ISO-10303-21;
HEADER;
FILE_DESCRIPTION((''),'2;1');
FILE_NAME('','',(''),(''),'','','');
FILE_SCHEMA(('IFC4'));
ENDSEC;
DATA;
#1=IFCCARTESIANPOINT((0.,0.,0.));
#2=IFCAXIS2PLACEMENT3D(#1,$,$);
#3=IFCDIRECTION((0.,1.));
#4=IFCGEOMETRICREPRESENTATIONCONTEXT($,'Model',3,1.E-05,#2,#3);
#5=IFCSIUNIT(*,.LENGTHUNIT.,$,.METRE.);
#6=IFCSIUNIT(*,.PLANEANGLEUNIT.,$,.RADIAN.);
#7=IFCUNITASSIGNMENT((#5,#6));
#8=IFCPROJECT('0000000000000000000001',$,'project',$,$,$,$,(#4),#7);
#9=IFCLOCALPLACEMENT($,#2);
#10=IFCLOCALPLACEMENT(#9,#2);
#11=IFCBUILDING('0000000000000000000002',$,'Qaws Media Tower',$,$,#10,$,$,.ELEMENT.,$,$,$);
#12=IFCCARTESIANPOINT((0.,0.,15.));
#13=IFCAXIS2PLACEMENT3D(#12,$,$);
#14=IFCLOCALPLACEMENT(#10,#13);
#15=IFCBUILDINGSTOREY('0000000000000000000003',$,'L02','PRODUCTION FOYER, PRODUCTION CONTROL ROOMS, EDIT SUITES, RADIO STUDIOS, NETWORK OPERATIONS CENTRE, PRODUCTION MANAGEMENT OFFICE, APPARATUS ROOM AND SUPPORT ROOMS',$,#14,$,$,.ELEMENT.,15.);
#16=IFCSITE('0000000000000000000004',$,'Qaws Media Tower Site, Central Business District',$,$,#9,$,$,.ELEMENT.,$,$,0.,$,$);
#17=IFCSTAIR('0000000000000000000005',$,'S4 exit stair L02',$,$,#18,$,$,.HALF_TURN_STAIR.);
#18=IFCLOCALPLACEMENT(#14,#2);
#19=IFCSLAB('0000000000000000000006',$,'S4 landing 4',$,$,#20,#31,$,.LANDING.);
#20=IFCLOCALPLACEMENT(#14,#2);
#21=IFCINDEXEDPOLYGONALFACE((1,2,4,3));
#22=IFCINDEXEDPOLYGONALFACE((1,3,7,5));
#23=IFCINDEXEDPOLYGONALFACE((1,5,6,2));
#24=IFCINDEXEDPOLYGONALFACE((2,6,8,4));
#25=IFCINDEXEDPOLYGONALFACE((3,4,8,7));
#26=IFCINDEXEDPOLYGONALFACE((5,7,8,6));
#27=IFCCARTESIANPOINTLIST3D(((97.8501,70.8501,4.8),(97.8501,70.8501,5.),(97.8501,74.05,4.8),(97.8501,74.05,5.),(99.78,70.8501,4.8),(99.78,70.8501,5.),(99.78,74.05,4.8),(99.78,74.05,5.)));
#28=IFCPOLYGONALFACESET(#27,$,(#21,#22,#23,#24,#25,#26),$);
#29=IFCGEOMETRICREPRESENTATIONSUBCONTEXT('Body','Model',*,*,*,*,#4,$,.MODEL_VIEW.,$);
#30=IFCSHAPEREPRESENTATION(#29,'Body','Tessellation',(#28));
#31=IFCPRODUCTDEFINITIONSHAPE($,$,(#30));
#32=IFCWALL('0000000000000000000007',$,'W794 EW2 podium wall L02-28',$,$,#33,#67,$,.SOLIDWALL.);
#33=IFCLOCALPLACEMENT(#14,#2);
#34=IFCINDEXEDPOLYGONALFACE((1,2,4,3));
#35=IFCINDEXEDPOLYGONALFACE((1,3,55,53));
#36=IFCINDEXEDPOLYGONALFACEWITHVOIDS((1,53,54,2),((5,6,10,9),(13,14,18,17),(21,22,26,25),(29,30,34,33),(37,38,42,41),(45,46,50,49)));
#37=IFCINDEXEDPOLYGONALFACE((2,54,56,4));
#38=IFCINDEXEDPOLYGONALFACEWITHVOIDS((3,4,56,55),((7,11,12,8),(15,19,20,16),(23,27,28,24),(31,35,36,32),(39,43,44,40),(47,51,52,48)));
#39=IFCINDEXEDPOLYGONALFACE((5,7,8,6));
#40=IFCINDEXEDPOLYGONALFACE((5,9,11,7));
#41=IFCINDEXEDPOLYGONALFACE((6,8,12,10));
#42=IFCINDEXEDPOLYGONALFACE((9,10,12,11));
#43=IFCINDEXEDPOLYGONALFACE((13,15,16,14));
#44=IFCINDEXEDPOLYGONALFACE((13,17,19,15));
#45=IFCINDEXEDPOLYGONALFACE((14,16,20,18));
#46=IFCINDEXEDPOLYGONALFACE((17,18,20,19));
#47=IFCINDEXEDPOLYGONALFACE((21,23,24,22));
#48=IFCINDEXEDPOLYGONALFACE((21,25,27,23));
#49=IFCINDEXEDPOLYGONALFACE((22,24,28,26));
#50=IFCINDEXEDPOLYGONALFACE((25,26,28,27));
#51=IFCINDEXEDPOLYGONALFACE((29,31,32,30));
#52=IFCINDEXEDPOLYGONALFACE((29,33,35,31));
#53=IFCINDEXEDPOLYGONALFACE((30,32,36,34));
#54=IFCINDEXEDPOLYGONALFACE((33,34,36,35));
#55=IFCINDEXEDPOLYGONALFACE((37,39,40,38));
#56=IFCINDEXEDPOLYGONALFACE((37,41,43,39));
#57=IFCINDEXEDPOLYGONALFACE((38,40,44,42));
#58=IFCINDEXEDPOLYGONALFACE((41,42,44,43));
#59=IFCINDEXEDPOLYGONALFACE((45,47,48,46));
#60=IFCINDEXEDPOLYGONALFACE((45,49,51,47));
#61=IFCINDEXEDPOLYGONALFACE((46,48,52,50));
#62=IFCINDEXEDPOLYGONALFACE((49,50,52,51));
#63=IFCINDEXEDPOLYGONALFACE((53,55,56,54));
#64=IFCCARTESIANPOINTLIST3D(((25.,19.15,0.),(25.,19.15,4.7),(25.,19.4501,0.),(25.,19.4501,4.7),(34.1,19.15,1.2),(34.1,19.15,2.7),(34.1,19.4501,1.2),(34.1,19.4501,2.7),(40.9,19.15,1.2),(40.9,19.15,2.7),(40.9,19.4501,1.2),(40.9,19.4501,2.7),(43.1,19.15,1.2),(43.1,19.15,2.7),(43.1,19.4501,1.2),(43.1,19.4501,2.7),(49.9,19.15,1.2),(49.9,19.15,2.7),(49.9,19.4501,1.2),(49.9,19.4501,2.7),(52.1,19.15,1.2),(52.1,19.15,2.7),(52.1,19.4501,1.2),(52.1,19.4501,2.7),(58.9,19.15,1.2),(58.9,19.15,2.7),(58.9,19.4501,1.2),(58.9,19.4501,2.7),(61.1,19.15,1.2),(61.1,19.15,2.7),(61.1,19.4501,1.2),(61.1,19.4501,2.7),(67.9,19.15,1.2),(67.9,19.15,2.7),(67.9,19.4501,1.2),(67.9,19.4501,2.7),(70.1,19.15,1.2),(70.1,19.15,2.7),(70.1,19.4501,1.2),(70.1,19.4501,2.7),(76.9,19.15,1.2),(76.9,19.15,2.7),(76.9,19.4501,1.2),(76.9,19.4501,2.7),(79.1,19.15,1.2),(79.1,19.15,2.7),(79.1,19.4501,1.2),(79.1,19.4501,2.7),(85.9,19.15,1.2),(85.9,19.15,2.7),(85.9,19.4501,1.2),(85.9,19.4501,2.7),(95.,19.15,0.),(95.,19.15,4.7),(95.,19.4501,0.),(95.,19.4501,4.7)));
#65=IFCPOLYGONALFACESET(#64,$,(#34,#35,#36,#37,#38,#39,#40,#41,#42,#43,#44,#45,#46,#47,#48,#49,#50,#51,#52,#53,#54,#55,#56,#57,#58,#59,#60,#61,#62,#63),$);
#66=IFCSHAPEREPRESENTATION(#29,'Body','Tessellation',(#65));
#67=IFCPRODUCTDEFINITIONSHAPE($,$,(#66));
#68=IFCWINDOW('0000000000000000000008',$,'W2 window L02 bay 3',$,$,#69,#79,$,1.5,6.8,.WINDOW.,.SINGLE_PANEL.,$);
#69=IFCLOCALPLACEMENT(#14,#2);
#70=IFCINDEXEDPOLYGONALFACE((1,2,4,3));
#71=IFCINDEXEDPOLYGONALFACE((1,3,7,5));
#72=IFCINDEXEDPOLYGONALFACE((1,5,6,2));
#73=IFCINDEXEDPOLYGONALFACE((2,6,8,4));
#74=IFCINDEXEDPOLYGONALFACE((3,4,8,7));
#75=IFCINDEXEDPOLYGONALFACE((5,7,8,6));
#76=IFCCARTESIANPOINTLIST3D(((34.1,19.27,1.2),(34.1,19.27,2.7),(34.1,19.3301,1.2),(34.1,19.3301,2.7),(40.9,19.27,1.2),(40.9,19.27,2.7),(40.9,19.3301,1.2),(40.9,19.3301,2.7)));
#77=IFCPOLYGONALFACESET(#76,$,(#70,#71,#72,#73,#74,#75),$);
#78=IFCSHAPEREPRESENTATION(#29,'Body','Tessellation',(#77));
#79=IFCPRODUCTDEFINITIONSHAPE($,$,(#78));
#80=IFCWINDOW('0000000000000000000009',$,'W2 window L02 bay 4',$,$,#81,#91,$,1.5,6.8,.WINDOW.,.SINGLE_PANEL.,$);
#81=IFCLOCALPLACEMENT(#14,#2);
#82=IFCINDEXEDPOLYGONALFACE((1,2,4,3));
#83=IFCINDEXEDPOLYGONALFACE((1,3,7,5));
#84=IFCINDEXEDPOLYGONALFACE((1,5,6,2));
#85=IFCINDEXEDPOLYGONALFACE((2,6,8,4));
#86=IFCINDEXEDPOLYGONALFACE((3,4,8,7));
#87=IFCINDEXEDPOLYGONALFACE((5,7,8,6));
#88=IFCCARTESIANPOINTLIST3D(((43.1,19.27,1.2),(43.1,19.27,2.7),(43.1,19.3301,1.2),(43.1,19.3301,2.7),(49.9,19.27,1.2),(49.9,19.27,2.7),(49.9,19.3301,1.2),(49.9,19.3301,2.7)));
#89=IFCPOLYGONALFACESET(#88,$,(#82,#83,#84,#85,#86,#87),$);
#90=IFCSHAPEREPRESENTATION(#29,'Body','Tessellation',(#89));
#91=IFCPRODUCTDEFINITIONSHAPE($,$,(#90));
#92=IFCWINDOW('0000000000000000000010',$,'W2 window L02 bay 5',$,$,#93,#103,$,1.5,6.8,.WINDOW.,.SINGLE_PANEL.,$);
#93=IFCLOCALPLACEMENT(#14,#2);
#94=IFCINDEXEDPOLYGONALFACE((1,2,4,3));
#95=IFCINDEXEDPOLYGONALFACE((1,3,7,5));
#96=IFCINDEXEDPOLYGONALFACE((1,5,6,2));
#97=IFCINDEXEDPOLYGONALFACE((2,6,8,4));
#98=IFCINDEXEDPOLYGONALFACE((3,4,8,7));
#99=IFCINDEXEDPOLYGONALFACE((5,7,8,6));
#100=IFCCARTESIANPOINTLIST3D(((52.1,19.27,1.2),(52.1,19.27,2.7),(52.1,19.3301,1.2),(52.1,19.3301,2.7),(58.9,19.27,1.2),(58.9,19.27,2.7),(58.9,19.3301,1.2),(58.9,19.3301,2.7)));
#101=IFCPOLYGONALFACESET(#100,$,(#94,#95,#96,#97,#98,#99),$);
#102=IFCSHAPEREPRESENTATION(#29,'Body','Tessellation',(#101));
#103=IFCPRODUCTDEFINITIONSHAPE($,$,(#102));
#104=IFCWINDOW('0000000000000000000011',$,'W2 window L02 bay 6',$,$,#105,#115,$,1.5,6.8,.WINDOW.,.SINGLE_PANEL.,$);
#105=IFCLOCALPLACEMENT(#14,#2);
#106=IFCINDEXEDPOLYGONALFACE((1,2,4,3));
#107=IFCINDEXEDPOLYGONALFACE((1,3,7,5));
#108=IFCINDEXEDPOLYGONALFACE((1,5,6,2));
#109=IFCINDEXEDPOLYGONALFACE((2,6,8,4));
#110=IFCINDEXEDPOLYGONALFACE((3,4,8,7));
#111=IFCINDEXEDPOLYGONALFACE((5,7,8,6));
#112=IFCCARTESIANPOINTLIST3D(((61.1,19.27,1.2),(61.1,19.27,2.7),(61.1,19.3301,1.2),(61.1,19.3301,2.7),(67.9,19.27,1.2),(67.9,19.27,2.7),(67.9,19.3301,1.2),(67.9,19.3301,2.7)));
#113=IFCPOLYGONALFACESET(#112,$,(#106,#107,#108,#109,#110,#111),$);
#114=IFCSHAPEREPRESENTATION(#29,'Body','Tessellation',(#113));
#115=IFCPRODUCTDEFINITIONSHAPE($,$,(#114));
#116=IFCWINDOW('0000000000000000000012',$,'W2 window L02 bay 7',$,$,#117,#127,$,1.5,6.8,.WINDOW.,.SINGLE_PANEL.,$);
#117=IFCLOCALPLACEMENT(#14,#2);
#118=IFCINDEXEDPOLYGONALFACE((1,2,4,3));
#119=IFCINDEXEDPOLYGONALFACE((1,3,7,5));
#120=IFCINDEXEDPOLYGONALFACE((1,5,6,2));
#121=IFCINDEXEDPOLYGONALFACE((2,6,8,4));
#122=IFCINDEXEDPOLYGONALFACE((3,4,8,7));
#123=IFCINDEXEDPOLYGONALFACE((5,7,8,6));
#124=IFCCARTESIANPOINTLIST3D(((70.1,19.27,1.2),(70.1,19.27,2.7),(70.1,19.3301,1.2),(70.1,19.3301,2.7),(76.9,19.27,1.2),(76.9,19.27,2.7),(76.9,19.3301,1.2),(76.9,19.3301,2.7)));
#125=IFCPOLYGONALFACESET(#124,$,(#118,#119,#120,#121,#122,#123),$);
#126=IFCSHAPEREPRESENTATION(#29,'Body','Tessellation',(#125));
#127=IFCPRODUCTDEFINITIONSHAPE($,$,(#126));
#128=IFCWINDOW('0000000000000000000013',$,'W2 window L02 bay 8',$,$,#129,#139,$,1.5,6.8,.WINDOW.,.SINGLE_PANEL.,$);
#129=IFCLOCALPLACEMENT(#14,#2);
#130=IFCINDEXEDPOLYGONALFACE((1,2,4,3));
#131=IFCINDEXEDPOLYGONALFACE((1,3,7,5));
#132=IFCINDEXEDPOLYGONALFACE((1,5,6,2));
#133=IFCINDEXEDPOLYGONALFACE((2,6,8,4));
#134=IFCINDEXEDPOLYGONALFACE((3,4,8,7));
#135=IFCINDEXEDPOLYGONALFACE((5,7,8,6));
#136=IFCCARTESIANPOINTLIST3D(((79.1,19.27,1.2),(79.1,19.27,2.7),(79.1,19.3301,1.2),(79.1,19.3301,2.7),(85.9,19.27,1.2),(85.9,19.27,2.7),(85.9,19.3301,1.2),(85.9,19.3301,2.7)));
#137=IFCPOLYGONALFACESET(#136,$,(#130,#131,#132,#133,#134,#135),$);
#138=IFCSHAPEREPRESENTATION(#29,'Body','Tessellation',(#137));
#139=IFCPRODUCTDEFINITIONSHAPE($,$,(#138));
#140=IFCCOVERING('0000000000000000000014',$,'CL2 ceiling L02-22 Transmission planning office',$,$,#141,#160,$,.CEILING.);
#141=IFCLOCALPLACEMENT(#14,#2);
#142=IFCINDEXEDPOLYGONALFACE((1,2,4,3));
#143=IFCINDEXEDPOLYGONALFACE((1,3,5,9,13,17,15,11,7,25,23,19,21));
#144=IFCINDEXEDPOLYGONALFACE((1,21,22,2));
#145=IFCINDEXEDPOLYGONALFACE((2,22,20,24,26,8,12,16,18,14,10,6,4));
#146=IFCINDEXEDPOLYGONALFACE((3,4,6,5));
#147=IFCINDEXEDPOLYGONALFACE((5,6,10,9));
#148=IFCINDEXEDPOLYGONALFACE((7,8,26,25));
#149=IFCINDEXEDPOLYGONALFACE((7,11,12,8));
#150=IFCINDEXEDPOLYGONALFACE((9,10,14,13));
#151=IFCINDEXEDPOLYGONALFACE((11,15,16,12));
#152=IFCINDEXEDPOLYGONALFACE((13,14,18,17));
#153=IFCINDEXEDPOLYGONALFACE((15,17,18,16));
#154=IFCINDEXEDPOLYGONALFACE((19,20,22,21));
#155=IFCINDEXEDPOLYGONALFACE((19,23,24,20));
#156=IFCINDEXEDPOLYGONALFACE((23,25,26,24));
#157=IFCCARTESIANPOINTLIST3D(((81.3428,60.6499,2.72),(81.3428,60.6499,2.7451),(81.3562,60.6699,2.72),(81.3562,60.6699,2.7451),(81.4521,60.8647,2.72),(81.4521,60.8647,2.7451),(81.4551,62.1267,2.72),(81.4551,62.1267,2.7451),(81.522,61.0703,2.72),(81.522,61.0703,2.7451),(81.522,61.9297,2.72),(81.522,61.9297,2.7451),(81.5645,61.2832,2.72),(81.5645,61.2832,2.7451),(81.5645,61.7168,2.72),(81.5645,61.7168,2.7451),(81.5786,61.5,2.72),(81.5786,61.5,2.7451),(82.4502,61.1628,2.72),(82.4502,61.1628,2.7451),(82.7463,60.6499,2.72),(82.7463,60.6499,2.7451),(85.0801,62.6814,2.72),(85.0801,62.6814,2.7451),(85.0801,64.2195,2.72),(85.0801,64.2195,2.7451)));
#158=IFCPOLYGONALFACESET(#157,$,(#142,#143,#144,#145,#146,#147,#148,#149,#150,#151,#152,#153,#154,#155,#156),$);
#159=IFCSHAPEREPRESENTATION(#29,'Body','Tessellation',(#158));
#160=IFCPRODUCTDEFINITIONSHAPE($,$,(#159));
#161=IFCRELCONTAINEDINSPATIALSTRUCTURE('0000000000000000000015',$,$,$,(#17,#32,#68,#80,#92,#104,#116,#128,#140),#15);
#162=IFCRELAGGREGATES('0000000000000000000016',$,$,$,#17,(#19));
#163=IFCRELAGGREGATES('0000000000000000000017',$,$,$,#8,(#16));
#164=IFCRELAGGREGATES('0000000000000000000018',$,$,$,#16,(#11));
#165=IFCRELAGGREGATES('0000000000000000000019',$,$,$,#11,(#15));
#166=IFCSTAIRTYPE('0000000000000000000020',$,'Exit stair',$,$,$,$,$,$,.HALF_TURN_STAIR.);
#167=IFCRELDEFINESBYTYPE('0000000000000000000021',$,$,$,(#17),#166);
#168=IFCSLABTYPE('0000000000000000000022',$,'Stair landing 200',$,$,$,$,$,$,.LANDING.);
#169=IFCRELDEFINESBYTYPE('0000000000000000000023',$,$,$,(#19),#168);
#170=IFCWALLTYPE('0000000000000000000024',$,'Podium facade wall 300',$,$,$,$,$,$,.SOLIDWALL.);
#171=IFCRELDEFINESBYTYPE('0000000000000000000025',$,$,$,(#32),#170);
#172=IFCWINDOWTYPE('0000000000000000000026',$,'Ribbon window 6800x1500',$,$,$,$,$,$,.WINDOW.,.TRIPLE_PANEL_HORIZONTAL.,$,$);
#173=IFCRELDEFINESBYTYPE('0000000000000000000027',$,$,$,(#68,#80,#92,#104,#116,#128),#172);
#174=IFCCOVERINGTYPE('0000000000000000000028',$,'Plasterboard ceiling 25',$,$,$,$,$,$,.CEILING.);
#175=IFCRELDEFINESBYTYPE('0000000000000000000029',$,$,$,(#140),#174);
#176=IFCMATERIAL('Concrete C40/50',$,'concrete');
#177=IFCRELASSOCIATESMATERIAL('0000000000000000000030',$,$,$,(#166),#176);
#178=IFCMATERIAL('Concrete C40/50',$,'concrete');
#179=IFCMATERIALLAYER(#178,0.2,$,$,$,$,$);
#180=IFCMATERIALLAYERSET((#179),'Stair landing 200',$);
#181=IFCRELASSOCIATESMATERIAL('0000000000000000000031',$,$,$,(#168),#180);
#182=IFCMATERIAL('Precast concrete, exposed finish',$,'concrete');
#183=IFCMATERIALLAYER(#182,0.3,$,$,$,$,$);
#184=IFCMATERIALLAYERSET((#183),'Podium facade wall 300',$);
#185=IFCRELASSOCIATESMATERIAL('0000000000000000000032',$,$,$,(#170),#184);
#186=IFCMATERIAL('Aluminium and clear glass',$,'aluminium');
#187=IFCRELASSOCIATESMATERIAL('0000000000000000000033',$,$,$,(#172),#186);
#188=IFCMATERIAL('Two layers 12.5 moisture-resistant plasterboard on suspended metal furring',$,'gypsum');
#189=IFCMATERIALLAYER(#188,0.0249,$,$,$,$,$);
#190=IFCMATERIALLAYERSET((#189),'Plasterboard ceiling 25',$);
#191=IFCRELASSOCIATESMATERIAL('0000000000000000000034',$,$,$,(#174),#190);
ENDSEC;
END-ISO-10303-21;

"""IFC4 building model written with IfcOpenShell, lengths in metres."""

from ifc_helpers import new_model, si_unit, direction, frame, frame_2d, origin, place, context, subcontext, project, spatial, polyline, rectangle, outline, extrude, material, layer, layer_set, type_object, element, fill, aggregate, save


model = new_model("IFC4")

# Units and contexts
model_context = context("Model", 3, precision=1e-05, world=origin(), true_north=direction((0.0, 1.0)))
body_context = subcontext(model_context, "Body", "Model", "MODEL_VIEW")
ifc_project = project(units=[si_unit("LENGTHUNIT", "METRE"), si_unit("PLANEANGLEUNIT", "RADIAN")], contexts=[model_context])

# Site, building, storey
site_placement = place(None, origin())
site = spatial("IfcSite", under=ifc_project, at=site_placement, Name="Qaws Media Tower Site, Central Business District", CompositionType="ELEMENT", RefElevation=0.0)
building_placement = place(site_placement, origin())
building = spatial("IfcBuilding", under=site, at=building_placement, Name="Qaws Media Tower", CompositionType="ELEMENT")
storey_placement = place(building_placement, frame((0.0, 0.0, 15.0)))
storey = spatial("IfcBuildingStorey", under=building, at=storey_placement, Name="L02", Description="PRODUCTION FOYER, PRODUCTION CONTROL ROOMS, EDIT SUITES, RADIO STUDIOS, NETWORK OPERATIONS CENTRE, PRODUCTION MANAGEMENT OFFICE, APPARATUS ROOM AND SUPPORT ROOMS", CompositionType="ELEMENT", Elevation=15.0)

# Stair, slab
ifc_material_1 = material(Name="Concrete C40/50", Category="concrete")
stair_type = type_object("IfcStairType", Name="Exit stair", PredefinedType="HALF_TURN_STAIR", material=ifc_material_1)
ifc_material_2 = material(Name="Concrete C40/50", Category="concrete")
ifc_layer_1 = layer(ifc_material_2, 0.2)
ifc_layer_set_1 = layer_set([ifc_layer_1], Name="Stair landing 200")
slab_type = type_object("IfcSlabType", Name="Stair landing 200", PredefinedType="LANDING", material=ifc_layer_set_1)
stair_1_placement = place(storey_placement, origin())
stair_1 = element("IfcStair", 1, at=stair_1_placement, inside=storey, type_object=stair_type, Name="S4 exit stair L02", PredefinedType="HALF_TURN_STAIR")
slab_1_placement = place(storey_placement, frame((0.0, 0.0, 4.8)))
slab_1 = element("IfcSlab", 2, at=slab_1_placement, type_object=slab_type, Name="S4 landing 4", PredefinedType="LANDING", context=body_context, shape_type="SweptSolid", body=[
    extrude(outline(polyline([(97.8501, 70.8501), (99.78, 70.8501), (99.78, 74.05), (97.8501, 74.05), (97.8501, 70.8501)])), origin(), (0.0, 0.0, 1.0), 0.2),
])
aggregate(stair_1, [slab_1])

# Wall, openings, windows
ifc_material_3 = material(Name="Precast concrete, exposed finish", Category="concrete")
ifc_layer_2 = layer(ifc_material_3, 0.3)
ifc_layer_set_2 = layer_set([ifc_layer_2], Name="Podium facade wall 300")
wall_type = type_object("IfcWallType", Name="Podium facade wall 300", PredefinedType="SOLIDWALL", material=ifc_layer_set_2)
wall_placement = place(storey_placement, frame((25.0, 19.3, 0.0), z_axis=(0.0, 0.0, 1.0), x_axis=(1.0, 0.0, 0.0)))
wall = element("IfcWall", 3, at=wall_placement, inside=storey, type_object=wall_type, Name="W794 EW2 podium wall L02-28", PredefinedType="SOLIDWALL", context=body_context, shape_type="SweptSolid", body=[
    extrude(rectangle(XDim=70.0, YDim=0.3, at=frame_2d((35.0, 0.0))), origin(), (0.0, 0.0, 1.0), 4.7),
])
opening_1_placement = place(wall_placement, frame((9.1001, 0.0, 1.2)))
opening_1 = element("IfcOpeningElement", 4, at=opening_1_placement, cuts=wall, PredefinedType="OPENING", context=body_context, shape_type="SweptSolid", body=[
    extrude(rectangle(XDim=6.8, YDim=1.5, at=frame_2d((3.3999, 0.75))), frame((0.0, 0.1599, 0.0), z_axis=(0.0, -1.0, 0.0), x_axis=(1.0, 0.0, 0.0)), (0.0, 0.0, 1.0), 0.3201),
])
opening_2_placement = place(wall_placement, frame((18.1001, 0.0, 1.2)))
opening_2 = element("IfcOpeningElement", 5, at=opening_2_placement, cuts=wall, PredefinedType="OPENING", context=body_context, shape_type="SweptSolid", body=[
    extrude(rectangle(XDim=6.8, YDim=1.5, at=frame_2d((3.3999, 0.75))), frame((0.0, 0.1599, 0.0), z_axis=(0.0, -1.0, 0.0), x_axis=(1.0, 0.0, 0.0)), (0.0, 0.0, 1.0), 0.3201),
])
opening_3_placement = place(wall_placement, frame((27.1001, 0.0, 1.2)))
opening_3 = element("IfcOpeningElement", 6, at=opening_3_placement, cuts=wall, PredefinedType="OPENING", context=body_context, shape_type="SweptSolid", body=[
    extrude(rectangle(XDim=6.8, YDim=1.5, at=frame_2d((3.3999, 0.75))), frame((0.0, 0.1599, 0.0), z_axis=(0.0, -1.0, 0.0), x_axis=(1.0, 0.0, 0.0)), (0.0, 0.0, 1.0), 0.3201),
])
opening_4_placement = place(wall_placement, frame((36.1001, 0.0, 1.2)))
opening_4 = element("IfcOpeningElement", 7, at=opening_4_placement, cuts=wall, PredefinedType="OPENING", context=body_context, shape_type="SweptSolid", body=[
    extrude(rectangle(XDim=6.8, YDim=1.5, at=frame_2d((3.3999, 0.75))), frame((0.0, 0.1599, 0.0), z_axis=(0.0, -1.0, 0.0), x_axis=(1.0, 0.0, 0.0)), (0.0, 0.0, 1.0), 0.3201),
])
opening_5_placement = place(wall_placement, frame((45.1001, 0.0, 1.2)))
opening_5 = element("IfcOpeningElement", 8, at=opening_5_placement, cuts=wall, PredefinedType="OPENING", context=body_context, shape_type="SweptSolid", body=[
    extrude(rectangle(XDim=6.8, YDim=1.5, at=frame_2d((3.3999, 0.75))), frame((0.0, 0.1599, 0.0), z_axis=(0.0, -1.0, 0.0), x_axis=(1.0, 0.0, 0.0)), (0.0, 0.0, 1.0), 0.3201),
])
opening_6_placement = place(wall_placement, frame((54.1001, 0.0, 1.2)))
opening_6 = element("IfcOpeningElement", 9, at=opening_6_placement, cuts=wall, PredefinedType="OPENING", context=body_context, shape_type="SweptSolid", body=[
    extrude(rectangle(XDim=6.8, YDim=1.5, at=frame_2d((3.3999, 0.75))), frame((0.0, 0.1599, 0.0), z_axis=(0.0, -1.0, 0.0), x_axis=(1.0, 0.0, 0.0)), (0.0, 0.0, 1.0), 0.3201),
])
ifc_material_4 = material(Name="Aluminium and clear glass", Category="aluminium")
window_type = type_object("IfcWindowType", Name="Ribbon window 6800x1500", PartitioningType="TRIPLE_PANEL_HORIZONTAL", PredefinedType="WINDOW", material=ifc_material_4)
window_1_placement = place(opening_1_placement, origin())
window_1 = element("IfcWindow", 10, at=window_1_placement, inside=storey, type_object=window_type, Name="W2 window L02 bay 3", OverallHeight=1.5, OverallWidth=6.8, PartitioningType="SINGLE_PANEL", PredefinedType="WINDOW", context=body_context, shape_type="SweptSolid", body=[
    extrude(rectangle(XDim=6.8, YDim=1.5, at=frame_2d((3.3999, 0.75))), frame((0.0, 0.03, 0.0), z_axis=(0.0, -1.0, 0.0), x_axis=(1.0, 0.0, 0.0)), (0.0, 0.0, 1.0), 0.0601),
])
fill(opening_1, window_1)
window_2_placement = place(opening_2_placement, origin())
window_2 = element("IfcWindow", 11, at=window_2_placement, inside=storey, type_object=window_type, Name="W2 window L02 bay 4", OverallHeight=1.5, OverallWidth=6.8, PartitioningType="SINGLE_PANEL", PredefinedType="WINDOW", context=body_context, shape_type="SweptSolid", body=[
    extrude(rectangle(XDim=6.8, YDim=1.5, at=frame_2d((3.3999, 0.75))), frame((0.0, 0.03, 0.0), z_axis=(0.0, -1.0, 0.0), x_axis=(1.0, 0.0, 0.0)), (0.0, 0.0, 1.0), 0.0601),
])
fill(opening_2, window_2)
window_3_placement = place(opening_3_placement, origin())
window_3 = element("IfcWindow", 12, at=window_3_placement, inside=storey, type_object=window_type, Name="W2 window L02 bay 5", OverallHeight=1.5, OverallWidth=6.8, PartitioningType="SINGLE_PANEL", PredefinedType="WINDOW", context=body_context, shape_type="SweptSolid", body=[
    extrude(rectangle(XDim=6.8, YDim=1.5, at=frame_2d((3.3999, 0.75))), frame((0.0, 0.03, 0.0), z_axis=(0.0, -1.0, 0.0), x_axis=(1.0, 0.0, 0.0)), (0.0, 0.0, 1.0), 0.0601),
])
fill(opening_3, window_3)
window_4_placement = place(opening_4_placement, origin())
window_4 = element("IfcWindow", 13, at=window_4_placement, inside=storey, type_object=window_type, Name="W2 window L02 bay 6", OverallHeight=1.5, OverallWidth=6.8, PartitioningType="SINGLE_PANEL", PredefinedType="WINDOW", context=body_context, shape_type="SweptSolid", body=[
    extrude(rectangle(XDim=6.8, YDim=1.5, at=frame_2d((3.3999, 0.75))), frame((0.0, 0.03, 0.0), z_axis=(0.0, -1.0, 0.0), x_axis=(1.0, 0.0, 0.0)), (0.0, 0.0, 1.0), 0.0601),
])
fill(opening_4, window_4)
window_5_placement = place(opening_5_placement, origin())
window_5 = element("IfcWindow", 14, at=window_5_placement, inside=storey, type_object=window_type, Name="W2 window L02 bay 7", OverallHeight=1.5, OverallWidth=6.8, PartitioningType="SINGLE_PANEL", PredefinedType="WINDOW", context=body_context, shape_type="SweptSolid", body=[
    extrude(rectangle(XDim=6.8, YDim=1.5, at=frame_2d((3.3999, 0.75))), frame((0.0, 0.03, 0.0), z_axis=(0.0, -1.0, 0.0), x_axis=(1.0, 0.0, 0.0)), (0.0, 0.0, 1.0), 0.0601),
])
fill(opening_5, window_5)
window_6_placement = place(opening_6_placement, origin())
window_6 = element("IfcWindow", 15, at=window_6_placement, inside=storey, type_object=window_type, Name="W2 window L02 bay 8", OverallHeight=1.5, OverallWidth=6.8, PartitioningType="SINGLE_PANEL", PredefinedType="WINDOW", context=body_context, shape_type="SweptSolid", body=[
    extrude(rectangle(XDim=6.8, YDim=1.5, at=frame_2d((3.3999, 0.75))), frame((0.0, 0.03, 0.0), z_axis=(0.0, -1.0, 0.0), x_axis=(1.0, 0.0, 0.0)), (0.0, 0.0, 1.0), 0.0601),
])
fill(opening_6, window_6)

# Covering
ifc_material_5 = material(Name="Two layers 12.5 moisture-resistant plasterboard on suspended metal furring", Category="gypsum")
ifc_layer_3 = layer(ifc_material_5, 0.0249)
ifc_layer_set_3 = layer_set([ifc_layer_3], Name="Plasterboard ceiling 25")
covering_type = type_object("IfcCoveringType", Name="Plasterboard ceiling 25", PredefinedType="CEILING", material=ifc_layer_set_3)
covering_1_placement = place(storey_placement, frame((0.0, 0.0, 2.72)))
element("IfcCovering", 16, at=covering_1_placement, inside=storey, type_object=covering_type, Name="CL2 ceiling L02-22 Transmission planning office", PredefinedType="CEILING", context=body_context, shape_type="SweptSolid", body=[
    extrude(outline(polyline([(85.0801, 62.6814), (82.4502, 61.1628), (82.7463, 60.6499), (81.3428, 60.6499), (81.3562, 60.6699), (81.4521, 60.8647), (81.522, 61.0703), (81.5645, 61.2832), (81.5786, 61.5), (81.5645, 61.7168), (81.522, 61.9297), (81.4551, 62.1267), (85.0801, 64.2195), (85.0801, 62.6814)])), origin(), (0.0, 0.0, 1.0), 0.0251),
])

save(model, "model.ifc")
